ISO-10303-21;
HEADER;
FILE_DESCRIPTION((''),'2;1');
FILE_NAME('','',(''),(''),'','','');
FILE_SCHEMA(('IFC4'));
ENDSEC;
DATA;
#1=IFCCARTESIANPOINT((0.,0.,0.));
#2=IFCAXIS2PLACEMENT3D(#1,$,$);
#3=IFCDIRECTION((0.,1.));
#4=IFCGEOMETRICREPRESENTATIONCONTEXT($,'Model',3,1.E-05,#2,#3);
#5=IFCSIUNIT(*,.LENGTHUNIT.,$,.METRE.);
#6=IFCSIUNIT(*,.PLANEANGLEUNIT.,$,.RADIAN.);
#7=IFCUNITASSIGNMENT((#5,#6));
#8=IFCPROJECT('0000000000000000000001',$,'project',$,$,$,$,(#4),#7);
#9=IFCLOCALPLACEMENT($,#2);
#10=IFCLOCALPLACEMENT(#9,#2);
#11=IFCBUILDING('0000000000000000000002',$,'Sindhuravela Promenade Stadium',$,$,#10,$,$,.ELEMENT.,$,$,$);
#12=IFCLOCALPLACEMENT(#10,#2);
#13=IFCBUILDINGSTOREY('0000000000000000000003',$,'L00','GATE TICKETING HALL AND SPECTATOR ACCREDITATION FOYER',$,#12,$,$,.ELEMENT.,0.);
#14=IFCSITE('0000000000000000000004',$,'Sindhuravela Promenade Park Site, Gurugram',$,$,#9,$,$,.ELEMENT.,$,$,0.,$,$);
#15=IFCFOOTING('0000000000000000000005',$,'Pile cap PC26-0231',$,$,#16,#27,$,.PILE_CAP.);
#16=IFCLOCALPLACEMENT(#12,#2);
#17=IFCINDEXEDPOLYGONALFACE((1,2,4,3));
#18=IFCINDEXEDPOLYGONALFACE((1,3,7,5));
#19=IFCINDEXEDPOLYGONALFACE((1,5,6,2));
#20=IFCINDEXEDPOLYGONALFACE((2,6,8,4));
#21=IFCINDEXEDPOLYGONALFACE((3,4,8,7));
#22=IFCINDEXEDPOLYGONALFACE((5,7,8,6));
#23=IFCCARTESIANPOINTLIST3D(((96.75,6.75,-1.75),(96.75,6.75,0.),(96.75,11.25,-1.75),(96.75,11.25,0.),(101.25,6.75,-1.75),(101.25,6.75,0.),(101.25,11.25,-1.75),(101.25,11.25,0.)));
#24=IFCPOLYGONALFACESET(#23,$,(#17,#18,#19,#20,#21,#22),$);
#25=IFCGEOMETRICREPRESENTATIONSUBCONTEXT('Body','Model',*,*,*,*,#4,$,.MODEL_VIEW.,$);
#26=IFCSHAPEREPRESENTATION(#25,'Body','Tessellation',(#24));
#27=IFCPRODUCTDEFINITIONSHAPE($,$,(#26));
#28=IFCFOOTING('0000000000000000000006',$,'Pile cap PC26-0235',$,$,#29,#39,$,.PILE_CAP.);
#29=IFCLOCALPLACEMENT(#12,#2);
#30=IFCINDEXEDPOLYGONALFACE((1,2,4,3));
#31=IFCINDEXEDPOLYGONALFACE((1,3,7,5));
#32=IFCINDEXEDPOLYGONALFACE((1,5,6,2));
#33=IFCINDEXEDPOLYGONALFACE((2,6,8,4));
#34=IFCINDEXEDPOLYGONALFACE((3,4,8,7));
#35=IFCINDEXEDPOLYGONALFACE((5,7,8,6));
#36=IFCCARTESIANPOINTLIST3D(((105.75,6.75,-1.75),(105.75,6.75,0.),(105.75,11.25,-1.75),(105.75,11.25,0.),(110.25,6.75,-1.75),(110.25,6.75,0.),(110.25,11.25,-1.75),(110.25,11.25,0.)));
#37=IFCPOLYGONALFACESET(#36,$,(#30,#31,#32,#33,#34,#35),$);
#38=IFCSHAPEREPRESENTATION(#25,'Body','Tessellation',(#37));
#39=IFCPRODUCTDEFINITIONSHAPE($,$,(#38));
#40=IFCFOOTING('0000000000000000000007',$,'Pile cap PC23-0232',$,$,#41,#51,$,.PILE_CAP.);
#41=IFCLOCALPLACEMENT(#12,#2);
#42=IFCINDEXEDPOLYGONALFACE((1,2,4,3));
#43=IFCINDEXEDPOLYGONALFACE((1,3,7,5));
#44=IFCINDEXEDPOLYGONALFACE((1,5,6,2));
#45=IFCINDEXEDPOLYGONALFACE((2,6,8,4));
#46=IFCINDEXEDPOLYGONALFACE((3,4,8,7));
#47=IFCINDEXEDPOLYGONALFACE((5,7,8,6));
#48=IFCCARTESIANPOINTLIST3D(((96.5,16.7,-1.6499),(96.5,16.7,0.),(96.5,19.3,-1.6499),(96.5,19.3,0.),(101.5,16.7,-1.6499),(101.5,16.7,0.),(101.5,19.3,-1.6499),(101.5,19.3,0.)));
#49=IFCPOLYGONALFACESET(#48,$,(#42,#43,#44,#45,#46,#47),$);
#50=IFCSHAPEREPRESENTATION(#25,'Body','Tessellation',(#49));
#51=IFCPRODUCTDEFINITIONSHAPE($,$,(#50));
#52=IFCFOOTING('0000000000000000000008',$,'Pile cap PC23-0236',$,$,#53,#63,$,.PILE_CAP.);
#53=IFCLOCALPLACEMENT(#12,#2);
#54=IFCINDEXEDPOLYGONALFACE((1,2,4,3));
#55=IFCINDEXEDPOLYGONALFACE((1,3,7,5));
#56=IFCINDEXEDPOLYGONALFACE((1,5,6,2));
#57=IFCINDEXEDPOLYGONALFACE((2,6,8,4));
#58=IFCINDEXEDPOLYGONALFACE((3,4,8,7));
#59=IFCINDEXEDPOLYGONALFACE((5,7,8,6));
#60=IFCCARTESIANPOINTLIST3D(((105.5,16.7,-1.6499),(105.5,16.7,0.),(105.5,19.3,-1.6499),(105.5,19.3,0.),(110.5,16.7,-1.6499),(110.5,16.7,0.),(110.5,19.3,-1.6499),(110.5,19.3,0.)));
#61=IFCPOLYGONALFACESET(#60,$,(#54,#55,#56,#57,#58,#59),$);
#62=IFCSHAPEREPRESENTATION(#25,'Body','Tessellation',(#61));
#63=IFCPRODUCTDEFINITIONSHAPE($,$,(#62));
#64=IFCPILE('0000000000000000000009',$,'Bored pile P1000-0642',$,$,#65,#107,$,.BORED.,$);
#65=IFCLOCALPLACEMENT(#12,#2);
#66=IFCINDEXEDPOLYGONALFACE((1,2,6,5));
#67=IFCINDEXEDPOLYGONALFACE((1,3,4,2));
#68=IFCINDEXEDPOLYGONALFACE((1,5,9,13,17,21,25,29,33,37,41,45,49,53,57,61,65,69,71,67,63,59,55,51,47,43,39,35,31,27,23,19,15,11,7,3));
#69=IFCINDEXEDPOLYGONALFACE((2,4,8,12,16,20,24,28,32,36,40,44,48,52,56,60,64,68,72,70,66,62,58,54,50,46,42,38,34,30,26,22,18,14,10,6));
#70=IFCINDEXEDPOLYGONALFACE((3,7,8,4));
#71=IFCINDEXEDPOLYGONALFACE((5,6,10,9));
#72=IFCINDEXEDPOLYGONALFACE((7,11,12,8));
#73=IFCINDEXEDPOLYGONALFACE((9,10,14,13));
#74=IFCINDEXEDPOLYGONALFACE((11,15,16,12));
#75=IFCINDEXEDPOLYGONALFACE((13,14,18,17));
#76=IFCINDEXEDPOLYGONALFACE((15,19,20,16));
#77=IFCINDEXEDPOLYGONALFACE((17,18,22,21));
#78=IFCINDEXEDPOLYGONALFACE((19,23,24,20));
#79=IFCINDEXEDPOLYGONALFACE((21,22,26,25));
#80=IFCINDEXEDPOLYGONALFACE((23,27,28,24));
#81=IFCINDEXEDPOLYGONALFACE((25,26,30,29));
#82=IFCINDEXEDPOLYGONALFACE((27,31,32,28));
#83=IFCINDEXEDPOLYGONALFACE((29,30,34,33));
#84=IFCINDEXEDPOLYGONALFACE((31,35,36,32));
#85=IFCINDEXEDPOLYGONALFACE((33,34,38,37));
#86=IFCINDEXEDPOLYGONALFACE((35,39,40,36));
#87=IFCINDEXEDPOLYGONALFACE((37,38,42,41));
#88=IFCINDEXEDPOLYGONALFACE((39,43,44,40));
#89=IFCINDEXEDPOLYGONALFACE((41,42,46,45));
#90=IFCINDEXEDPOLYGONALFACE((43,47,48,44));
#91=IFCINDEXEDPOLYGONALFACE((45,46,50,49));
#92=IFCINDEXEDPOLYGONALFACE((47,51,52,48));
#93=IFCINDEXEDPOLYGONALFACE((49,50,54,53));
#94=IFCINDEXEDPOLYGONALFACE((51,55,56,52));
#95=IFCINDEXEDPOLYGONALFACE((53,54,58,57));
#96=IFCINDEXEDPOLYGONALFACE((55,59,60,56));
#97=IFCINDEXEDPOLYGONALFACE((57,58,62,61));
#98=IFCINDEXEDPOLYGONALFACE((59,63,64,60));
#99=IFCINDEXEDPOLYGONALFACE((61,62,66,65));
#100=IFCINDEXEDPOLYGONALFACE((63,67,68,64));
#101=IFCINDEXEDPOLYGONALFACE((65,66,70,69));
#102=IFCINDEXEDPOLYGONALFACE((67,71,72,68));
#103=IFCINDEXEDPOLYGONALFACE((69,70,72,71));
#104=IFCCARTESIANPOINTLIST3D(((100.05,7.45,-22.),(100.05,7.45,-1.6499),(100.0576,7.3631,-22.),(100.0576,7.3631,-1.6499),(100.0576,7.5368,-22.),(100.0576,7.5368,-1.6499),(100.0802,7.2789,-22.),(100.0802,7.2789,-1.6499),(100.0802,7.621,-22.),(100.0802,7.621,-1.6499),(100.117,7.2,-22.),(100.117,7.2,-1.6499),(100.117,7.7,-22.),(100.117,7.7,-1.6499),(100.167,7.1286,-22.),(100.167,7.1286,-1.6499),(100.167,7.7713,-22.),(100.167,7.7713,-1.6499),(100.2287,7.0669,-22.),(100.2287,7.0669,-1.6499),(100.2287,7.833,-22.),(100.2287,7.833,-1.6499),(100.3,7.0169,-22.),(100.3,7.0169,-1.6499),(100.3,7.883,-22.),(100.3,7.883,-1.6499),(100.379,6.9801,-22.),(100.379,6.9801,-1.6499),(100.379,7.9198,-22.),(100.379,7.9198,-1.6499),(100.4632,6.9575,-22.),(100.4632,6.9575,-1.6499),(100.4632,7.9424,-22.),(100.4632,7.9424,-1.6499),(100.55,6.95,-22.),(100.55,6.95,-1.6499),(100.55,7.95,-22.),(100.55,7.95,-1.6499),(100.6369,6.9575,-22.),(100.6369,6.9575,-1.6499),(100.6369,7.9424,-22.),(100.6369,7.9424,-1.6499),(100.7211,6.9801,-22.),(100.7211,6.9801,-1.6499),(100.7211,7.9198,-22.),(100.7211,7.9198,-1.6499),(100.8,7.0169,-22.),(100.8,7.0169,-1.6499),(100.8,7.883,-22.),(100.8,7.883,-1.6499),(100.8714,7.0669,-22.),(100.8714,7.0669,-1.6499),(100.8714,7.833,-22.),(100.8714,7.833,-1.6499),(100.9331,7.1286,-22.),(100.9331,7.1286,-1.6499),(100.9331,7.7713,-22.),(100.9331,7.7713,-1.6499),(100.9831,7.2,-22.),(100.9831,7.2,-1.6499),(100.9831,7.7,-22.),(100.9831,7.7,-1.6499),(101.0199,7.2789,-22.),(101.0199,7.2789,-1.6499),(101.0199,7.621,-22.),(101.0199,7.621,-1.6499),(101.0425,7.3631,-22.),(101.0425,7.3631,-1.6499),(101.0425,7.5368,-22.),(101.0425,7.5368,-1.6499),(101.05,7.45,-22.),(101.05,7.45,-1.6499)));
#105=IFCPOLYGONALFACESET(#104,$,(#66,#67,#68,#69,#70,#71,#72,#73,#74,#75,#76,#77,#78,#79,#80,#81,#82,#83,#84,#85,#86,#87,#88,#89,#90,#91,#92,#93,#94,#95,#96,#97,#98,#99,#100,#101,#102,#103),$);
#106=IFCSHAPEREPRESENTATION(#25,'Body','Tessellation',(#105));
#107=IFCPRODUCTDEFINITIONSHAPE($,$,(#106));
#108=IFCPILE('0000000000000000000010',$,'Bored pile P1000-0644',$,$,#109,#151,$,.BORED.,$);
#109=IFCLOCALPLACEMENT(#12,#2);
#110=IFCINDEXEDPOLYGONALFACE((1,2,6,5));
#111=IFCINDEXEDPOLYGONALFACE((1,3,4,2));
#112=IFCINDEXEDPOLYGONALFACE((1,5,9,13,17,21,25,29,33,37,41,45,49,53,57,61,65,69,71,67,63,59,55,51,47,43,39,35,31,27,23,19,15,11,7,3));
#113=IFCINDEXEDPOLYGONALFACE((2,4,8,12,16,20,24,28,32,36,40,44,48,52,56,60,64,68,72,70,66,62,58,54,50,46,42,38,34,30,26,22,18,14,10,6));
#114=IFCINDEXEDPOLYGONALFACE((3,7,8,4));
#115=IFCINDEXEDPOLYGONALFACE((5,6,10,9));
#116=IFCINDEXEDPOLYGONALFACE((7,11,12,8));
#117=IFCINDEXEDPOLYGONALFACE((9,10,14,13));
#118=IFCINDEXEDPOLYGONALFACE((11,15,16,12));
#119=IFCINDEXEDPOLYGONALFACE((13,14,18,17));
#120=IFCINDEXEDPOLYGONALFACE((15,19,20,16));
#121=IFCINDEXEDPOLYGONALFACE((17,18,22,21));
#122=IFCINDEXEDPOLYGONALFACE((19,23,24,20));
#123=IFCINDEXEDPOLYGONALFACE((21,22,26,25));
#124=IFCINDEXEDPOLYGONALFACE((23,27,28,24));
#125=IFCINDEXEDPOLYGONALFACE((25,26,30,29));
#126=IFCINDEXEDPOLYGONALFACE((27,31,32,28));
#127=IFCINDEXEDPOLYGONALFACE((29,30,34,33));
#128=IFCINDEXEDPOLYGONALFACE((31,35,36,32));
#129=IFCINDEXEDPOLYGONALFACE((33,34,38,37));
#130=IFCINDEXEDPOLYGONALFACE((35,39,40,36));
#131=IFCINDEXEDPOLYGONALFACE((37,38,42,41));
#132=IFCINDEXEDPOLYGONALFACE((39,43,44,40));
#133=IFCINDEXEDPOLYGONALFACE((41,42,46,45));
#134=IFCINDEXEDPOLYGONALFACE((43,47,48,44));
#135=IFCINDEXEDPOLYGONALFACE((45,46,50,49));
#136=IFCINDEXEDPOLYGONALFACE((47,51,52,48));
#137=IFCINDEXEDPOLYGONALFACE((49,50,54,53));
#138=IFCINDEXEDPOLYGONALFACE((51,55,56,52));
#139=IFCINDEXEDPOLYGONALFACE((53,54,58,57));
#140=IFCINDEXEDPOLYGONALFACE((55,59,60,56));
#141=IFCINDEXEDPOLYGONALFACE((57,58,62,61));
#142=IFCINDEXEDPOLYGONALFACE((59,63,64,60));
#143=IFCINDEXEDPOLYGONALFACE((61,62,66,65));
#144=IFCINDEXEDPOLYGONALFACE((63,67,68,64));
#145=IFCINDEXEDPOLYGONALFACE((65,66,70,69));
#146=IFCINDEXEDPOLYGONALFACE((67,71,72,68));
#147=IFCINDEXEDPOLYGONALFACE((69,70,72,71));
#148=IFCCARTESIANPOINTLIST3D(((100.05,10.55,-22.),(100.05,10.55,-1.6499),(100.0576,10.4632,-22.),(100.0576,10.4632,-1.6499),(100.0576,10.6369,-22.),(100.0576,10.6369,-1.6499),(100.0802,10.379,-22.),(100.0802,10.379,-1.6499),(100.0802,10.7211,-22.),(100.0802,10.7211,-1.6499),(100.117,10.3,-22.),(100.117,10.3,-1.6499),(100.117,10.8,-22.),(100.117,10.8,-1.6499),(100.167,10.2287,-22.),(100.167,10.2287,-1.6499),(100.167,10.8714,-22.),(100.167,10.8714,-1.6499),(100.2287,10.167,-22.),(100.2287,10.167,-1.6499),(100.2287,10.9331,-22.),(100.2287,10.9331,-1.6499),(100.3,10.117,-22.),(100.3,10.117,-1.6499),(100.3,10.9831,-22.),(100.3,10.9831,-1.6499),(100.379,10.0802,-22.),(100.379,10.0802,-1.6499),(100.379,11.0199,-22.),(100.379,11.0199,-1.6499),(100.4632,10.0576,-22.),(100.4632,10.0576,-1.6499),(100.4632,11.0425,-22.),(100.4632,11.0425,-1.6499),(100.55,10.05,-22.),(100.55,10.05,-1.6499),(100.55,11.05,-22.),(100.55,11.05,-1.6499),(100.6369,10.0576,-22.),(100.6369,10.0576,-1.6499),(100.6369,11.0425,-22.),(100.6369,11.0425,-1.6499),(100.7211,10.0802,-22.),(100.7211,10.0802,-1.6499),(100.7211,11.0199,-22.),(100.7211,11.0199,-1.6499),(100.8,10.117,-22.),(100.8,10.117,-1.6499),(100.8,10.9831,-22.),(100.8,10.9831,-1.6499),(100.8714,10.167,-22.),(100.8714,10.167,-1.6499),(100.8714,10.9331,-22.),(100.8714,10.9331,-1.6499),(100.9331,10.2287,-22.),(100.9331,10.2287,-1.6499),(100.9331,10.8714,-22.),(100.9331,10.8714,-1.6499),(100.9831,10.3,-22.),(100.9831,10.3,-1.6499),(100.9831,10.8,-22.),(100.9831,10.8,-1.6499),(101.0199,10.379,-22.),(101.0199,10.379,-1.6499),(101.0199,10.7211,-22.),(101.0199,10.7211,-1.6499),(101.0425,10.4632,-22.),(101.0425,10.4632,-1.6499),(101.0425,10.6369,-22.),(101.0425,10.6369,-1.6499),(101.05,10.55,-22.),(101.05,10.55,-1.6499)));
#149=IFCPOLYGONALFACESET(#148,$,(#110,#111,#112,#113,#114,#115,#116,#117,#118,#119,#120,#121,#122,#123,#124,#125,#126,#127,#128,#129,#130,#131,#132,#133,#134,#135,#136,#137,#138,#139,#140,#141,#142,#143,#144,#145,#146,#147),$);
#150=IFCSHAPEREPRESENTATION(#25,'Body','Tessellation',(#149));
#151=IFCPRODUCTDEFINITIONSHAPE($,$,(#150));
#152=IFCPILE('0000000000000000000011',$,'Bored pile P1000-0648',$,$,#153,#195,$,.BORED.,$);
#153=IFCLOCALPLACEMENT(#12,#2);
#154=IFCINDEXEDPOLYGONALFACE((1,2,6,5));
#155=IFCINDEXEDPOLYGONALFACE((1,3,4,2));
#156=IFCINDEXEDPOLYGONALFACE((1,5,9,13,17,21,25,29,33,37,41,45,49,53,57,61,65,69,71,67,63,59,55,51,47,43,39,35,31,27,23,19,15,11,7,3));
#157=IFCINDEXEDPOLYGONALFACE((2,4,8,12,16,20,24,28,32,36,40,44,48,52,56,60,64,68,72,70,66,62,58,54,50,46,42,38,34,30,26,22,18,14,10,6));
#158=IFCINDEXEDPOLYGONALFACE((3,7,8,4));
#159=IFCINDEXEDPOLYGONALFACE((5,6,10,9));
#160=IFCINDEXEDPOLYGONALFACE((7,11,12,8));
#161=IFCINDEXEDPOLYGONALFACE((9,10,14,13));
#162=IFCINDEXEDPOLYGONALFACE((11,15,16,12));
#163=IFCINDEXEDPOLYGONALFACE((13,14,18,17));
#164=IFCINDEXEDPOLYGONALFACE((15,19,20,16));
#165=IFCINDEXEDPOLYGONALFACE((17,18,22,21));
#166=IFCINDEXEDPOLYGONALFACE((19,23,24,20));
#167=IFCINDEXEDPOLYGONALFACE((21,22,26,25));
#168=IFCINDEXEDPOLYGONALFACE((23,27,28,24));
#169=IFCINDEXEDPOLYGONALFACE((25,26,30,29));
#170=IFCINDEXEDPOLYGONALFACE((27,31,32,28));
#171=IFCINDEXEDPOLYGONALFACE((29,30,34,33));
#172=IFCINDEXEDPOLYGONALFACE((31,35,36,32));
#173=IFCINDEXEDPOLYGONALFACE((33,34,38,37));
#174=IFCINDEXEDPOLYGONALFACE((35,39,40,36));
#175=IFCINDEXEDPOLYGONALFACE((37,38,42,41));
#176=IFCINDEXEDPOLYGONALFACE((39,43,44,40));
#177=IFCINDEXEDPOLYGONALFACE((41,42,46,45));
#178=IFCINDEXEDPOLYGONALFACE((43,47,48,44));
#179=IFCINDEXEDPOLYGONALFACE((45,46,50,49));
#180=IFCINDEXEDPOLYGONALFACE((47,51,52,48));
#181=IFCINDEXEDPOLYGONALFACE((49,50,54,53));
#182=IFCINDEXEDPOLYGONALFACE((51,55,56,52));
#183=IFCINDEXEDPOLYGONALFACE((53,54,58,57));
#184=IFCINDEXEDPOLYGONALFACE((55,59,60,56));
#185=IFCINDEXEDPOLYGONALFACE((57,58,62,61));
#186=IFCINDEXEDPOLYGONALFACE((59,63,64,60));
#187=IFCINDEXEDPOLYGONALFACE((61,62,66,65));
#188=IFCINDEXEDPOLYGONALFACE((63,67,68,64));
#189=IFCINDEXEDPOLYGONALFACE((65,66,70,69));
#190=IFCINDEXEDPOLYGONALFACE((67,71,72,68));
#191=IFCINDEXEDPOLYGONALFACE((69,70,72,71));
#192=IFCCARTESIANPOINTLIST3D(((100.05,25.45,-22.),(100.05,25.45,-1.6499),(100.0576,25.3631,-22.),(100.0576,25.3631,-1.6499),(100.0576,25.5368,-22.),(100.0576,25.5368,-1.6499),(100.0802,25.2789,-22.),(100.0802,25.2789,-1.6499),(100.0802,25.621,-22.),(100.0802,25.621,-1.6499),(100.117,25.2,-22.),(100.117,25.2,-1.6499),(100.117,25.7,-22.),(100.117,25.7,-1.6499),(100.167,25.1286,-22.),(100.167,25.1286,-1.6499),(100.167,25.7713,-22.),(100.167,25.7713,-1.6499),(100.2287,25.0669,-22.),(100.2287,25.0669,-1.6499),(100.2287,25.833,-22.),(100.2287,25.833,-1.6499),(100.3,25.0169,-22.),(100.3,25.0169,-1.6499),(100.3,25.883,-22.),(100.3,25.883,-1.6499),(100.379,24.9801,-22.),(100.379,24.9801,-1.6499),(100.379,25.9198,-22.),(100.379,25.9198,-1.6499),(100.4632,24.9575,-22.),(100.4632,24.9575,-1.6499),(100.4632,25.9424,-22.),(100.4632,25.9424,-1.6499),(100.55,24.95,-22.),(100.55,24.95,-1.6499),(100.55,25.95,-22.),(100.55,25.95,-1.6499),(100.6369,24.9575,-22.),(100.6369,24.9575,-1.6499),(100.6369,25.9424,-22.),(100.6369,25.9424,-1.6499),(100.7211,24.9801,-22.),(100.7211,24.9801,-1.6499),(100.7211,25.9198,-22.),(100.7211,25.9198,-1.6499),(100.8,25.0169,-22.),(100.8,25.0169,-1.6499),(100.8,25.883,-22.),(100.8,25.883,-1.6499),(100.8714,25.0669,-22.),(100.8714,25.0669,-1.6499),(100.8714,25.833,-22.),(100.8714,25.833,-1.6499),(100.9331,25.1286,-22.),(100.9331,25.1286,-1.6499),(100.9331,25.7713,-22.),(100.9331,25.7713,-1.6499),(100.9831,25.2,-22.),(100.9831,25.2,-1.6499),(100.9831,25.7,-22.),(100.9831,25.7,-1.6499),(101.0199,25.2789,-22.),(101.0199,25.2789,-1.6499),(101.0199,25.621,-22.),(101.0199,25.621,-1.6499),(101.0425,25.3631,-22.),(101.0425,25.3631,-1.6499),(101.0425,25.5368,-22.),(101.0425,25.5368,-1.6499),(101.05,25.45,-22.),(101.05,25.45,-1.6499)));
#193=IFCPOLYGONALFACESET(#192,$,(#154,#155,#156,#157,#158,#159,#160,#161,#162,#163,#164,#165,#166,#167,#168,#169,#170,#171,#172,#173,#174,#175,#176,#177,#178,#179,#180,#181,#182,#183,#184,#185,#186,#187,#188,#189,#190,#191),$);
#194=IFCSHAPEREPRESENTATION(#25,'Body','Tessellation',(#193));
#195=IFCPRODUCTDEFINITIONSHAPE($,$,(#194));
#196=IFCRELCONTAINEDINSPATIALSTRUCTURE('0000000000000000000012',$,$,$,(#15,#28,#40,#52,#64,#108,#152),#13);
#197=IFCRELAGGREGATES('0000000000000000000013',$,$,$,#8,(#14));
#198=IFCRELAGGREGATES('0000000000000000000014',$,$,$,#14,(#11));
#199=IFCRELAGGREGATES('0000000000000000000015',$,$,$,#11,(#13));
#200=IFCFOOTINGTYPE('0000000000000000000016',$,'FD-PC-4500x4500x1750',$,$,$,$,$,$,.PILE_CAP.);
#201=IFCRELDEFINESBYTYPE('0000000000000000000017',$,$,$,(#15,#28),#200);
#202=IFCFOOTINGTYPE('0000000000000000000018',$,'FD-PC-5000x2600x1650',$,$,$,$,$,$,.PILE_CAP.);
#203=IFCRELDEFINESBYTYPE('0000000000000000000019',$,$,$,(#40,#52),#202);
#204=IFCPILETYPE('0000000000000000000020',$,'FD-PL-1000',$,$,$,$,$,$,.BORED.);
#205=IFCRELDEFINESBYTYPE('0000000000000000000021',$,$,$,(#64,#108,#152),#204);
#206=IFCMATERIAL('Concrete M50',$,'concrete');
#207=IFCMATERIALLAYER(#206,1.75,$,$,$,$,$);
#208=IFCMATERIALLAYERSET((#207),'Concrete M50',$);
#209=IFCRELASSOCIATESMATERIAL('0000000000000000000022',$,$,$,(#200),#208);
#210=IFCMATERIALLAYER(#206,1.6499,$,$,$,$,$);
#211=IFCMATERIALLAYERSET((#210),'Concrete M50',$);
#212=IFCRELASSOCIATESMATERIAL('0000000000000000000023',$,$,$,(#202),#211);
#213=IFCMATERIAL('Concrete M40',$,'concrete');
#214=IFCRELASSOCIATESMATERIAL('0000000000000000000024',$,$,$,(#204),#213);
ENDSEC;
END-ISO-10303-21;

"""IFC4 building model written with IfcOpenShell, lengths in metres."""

from ifc_helpers import new_model, si_unit, direction, frame, origin, origin_2d, place, context, subcontext, project, spatial, rectangle, circle, extrude, material, layer, layer_set, material_profile, profile_set, type_object, element, save


model = new_model("IFC4")

# Units and contexts
model_context = context("Model", 3, precision=1e-05, world=origin(), true_north=direction((0.0, 1.0)))
body_context = subcontext(model_context, "Body", "Model", "MODEL_VIEW")
ifc_project = project(units=[si_unit("LENGTHUNIT", "METRE"), si_unit("PLANEANGLEUNIT", "RADIAN")], contexts=[model_context])

# Site, building, storey
site_placement = place(None, origin())
site = spatial("IfcSite", under=ifc_project, at=site_placement, Name="Sindhuravela Promenade Park Site, Gurugram", CompositionType="ELEMENT", RefElevation=0.0)
building_placement = place(site_placement, origin())
building = spatial("IfcBuilding", under=site, at=building_placement, Name="Sindhuravela Promenade Stadium", CompositionType="ELEMENT")
storey_placement = place(building_placement, origin())
storey = spatial("IfcBuildingStorey", under=building, at=storey_placement, Name="L00", Description="GATE TICKETING HALL AND SPECTATOR ACCREDITATION FOYER", CompositionType="ELEMENT", Elevation=0.0)

# Footings
ifc_material_1 = material(Name="Concrete M50", Category="concrete")
ifc_layer_1 = layer(ifc_material_1, 1.75)
ifc_layer_set_1 = layer_set([ifc_layer_1], Name="Concrete M50")
footing_type_1 = type_object("IfcFootingType", Name="FD-PC-4500x4500x1750", PredefinedType="PILE_CAP", material=ifc_layer_set_1)
for number, where, z_axis, x_axis, name in (
    (1, (99.0, 9.0, -1.75), (0.0, 0.0, 1.0), (1.0, 0.0, 0.0), "Pile cap PC26-0231"),
    (2, (108.0, 9.0, -1.75), (0.0, 0.0, 1.0), (1.0, 0.0, 0.0), "Pile cap PC26-0235"),
):
    element("IfcFooting", number, at=place(storey_placement, frame(where, z_axis=z_axis, x_axis=x_axis)), inside=storey, type_object=footing_type_1, Name=name, PredefinedType="PILE_CAP", context=body_context, shape_type="SweptSolid", body=[
        extrude(rectangle(XDim=4.5, YDim=4.5, at=origin_2d()), origin(), (0.0, 0.0, 1.0), 1.75),
    ])
ifc_layer_2 = layer(ifc_material_1, 1.6499)
ifc_layer_set_2 = layer_set([ifc_layer_2], Name="Concrete M50")
footing_type_2 = type_object("IfcFootingType", Name="FD-PC-5000x2600x1650", PredefinedType="PILE_CAP", material=ifc_layer_set_2)
for number, where, z_axis, x_axis, name in (
    (3, (99.0, 18.0, -1.6499), (0.0, 0.0, 1.0), (1.0, 0.0, 0.0), "Pile cap PC23-0232"),
    (4, (108.0, 18.0, -1.6499), (0.0, 0.0, 1.0), (1.0, 0.0, 0.0), "Pile cap PC23-0236"),
):
    element("IfcFooting", number, at=place(storey_placement, frame(where, z_axis=z_axis, x_axis=x_axis)), inside=storey, type_object=footing_type_2, Name=name, PredefinedType="PILE_CAP", context=body_context, shape_type="SweptSolid", body=[
        extrude(rectangle(XDim=5.0, YDim=2.6001, at=origin_2d()), origin(), (0.0, 0.0, 1.0), 1.6499),
    ])

# Piles
ifc_material_2 = material(Name="Concrete M40", Category="concrete")
ifc_material_profile_1 = material_profile(ifc_material_2, circle(Radius=0.5, at=origin_2d()), Name="BORED PILE D1000")
ifc_profile_set_1 = profile_set([ifc_material_profile_1], Name="Concrete M40")
pile_type_1 = type_object("IfcPileType", Name="FD-PL-1000", PredefinedType="BORED", material=ifc_profile_set_1)
for number, where, z_axis, x_axis, name in (
    (5, (100.55, 7.45, -1.6499), (0.0, 0.0, -1.0), (1.0, 0.0, 0.0), "Bored pile P1000-0642"),
    (6, (100.55, 10.55, -1.6499), (0.0, 0.0, -1.0), (1.0, 0.0, 0.0), "Bored pile P1000-0644"),
    (7, (100.55, 25.45, -1.6499), (0.0, 0.0, -1.0), (1.0, 0.0, 0.0), "Bored pile P1000-0648"),
):
    element("IfcPile", number, at=place(storey_placement, frame(where, z_axis=z_axis, x_axis=x_axis)), inside=storey, type_object=pile_type_1, Name=name, PredefinedType="BORED", context=body_context, shape_type="SweptSolid", body=[
        extrude(circle(Radius=0.5, at=origin_2d()), origin(), (0.0, 0.0, 1.0), 20.3501),
    ])

save(model, "model.ifc")
